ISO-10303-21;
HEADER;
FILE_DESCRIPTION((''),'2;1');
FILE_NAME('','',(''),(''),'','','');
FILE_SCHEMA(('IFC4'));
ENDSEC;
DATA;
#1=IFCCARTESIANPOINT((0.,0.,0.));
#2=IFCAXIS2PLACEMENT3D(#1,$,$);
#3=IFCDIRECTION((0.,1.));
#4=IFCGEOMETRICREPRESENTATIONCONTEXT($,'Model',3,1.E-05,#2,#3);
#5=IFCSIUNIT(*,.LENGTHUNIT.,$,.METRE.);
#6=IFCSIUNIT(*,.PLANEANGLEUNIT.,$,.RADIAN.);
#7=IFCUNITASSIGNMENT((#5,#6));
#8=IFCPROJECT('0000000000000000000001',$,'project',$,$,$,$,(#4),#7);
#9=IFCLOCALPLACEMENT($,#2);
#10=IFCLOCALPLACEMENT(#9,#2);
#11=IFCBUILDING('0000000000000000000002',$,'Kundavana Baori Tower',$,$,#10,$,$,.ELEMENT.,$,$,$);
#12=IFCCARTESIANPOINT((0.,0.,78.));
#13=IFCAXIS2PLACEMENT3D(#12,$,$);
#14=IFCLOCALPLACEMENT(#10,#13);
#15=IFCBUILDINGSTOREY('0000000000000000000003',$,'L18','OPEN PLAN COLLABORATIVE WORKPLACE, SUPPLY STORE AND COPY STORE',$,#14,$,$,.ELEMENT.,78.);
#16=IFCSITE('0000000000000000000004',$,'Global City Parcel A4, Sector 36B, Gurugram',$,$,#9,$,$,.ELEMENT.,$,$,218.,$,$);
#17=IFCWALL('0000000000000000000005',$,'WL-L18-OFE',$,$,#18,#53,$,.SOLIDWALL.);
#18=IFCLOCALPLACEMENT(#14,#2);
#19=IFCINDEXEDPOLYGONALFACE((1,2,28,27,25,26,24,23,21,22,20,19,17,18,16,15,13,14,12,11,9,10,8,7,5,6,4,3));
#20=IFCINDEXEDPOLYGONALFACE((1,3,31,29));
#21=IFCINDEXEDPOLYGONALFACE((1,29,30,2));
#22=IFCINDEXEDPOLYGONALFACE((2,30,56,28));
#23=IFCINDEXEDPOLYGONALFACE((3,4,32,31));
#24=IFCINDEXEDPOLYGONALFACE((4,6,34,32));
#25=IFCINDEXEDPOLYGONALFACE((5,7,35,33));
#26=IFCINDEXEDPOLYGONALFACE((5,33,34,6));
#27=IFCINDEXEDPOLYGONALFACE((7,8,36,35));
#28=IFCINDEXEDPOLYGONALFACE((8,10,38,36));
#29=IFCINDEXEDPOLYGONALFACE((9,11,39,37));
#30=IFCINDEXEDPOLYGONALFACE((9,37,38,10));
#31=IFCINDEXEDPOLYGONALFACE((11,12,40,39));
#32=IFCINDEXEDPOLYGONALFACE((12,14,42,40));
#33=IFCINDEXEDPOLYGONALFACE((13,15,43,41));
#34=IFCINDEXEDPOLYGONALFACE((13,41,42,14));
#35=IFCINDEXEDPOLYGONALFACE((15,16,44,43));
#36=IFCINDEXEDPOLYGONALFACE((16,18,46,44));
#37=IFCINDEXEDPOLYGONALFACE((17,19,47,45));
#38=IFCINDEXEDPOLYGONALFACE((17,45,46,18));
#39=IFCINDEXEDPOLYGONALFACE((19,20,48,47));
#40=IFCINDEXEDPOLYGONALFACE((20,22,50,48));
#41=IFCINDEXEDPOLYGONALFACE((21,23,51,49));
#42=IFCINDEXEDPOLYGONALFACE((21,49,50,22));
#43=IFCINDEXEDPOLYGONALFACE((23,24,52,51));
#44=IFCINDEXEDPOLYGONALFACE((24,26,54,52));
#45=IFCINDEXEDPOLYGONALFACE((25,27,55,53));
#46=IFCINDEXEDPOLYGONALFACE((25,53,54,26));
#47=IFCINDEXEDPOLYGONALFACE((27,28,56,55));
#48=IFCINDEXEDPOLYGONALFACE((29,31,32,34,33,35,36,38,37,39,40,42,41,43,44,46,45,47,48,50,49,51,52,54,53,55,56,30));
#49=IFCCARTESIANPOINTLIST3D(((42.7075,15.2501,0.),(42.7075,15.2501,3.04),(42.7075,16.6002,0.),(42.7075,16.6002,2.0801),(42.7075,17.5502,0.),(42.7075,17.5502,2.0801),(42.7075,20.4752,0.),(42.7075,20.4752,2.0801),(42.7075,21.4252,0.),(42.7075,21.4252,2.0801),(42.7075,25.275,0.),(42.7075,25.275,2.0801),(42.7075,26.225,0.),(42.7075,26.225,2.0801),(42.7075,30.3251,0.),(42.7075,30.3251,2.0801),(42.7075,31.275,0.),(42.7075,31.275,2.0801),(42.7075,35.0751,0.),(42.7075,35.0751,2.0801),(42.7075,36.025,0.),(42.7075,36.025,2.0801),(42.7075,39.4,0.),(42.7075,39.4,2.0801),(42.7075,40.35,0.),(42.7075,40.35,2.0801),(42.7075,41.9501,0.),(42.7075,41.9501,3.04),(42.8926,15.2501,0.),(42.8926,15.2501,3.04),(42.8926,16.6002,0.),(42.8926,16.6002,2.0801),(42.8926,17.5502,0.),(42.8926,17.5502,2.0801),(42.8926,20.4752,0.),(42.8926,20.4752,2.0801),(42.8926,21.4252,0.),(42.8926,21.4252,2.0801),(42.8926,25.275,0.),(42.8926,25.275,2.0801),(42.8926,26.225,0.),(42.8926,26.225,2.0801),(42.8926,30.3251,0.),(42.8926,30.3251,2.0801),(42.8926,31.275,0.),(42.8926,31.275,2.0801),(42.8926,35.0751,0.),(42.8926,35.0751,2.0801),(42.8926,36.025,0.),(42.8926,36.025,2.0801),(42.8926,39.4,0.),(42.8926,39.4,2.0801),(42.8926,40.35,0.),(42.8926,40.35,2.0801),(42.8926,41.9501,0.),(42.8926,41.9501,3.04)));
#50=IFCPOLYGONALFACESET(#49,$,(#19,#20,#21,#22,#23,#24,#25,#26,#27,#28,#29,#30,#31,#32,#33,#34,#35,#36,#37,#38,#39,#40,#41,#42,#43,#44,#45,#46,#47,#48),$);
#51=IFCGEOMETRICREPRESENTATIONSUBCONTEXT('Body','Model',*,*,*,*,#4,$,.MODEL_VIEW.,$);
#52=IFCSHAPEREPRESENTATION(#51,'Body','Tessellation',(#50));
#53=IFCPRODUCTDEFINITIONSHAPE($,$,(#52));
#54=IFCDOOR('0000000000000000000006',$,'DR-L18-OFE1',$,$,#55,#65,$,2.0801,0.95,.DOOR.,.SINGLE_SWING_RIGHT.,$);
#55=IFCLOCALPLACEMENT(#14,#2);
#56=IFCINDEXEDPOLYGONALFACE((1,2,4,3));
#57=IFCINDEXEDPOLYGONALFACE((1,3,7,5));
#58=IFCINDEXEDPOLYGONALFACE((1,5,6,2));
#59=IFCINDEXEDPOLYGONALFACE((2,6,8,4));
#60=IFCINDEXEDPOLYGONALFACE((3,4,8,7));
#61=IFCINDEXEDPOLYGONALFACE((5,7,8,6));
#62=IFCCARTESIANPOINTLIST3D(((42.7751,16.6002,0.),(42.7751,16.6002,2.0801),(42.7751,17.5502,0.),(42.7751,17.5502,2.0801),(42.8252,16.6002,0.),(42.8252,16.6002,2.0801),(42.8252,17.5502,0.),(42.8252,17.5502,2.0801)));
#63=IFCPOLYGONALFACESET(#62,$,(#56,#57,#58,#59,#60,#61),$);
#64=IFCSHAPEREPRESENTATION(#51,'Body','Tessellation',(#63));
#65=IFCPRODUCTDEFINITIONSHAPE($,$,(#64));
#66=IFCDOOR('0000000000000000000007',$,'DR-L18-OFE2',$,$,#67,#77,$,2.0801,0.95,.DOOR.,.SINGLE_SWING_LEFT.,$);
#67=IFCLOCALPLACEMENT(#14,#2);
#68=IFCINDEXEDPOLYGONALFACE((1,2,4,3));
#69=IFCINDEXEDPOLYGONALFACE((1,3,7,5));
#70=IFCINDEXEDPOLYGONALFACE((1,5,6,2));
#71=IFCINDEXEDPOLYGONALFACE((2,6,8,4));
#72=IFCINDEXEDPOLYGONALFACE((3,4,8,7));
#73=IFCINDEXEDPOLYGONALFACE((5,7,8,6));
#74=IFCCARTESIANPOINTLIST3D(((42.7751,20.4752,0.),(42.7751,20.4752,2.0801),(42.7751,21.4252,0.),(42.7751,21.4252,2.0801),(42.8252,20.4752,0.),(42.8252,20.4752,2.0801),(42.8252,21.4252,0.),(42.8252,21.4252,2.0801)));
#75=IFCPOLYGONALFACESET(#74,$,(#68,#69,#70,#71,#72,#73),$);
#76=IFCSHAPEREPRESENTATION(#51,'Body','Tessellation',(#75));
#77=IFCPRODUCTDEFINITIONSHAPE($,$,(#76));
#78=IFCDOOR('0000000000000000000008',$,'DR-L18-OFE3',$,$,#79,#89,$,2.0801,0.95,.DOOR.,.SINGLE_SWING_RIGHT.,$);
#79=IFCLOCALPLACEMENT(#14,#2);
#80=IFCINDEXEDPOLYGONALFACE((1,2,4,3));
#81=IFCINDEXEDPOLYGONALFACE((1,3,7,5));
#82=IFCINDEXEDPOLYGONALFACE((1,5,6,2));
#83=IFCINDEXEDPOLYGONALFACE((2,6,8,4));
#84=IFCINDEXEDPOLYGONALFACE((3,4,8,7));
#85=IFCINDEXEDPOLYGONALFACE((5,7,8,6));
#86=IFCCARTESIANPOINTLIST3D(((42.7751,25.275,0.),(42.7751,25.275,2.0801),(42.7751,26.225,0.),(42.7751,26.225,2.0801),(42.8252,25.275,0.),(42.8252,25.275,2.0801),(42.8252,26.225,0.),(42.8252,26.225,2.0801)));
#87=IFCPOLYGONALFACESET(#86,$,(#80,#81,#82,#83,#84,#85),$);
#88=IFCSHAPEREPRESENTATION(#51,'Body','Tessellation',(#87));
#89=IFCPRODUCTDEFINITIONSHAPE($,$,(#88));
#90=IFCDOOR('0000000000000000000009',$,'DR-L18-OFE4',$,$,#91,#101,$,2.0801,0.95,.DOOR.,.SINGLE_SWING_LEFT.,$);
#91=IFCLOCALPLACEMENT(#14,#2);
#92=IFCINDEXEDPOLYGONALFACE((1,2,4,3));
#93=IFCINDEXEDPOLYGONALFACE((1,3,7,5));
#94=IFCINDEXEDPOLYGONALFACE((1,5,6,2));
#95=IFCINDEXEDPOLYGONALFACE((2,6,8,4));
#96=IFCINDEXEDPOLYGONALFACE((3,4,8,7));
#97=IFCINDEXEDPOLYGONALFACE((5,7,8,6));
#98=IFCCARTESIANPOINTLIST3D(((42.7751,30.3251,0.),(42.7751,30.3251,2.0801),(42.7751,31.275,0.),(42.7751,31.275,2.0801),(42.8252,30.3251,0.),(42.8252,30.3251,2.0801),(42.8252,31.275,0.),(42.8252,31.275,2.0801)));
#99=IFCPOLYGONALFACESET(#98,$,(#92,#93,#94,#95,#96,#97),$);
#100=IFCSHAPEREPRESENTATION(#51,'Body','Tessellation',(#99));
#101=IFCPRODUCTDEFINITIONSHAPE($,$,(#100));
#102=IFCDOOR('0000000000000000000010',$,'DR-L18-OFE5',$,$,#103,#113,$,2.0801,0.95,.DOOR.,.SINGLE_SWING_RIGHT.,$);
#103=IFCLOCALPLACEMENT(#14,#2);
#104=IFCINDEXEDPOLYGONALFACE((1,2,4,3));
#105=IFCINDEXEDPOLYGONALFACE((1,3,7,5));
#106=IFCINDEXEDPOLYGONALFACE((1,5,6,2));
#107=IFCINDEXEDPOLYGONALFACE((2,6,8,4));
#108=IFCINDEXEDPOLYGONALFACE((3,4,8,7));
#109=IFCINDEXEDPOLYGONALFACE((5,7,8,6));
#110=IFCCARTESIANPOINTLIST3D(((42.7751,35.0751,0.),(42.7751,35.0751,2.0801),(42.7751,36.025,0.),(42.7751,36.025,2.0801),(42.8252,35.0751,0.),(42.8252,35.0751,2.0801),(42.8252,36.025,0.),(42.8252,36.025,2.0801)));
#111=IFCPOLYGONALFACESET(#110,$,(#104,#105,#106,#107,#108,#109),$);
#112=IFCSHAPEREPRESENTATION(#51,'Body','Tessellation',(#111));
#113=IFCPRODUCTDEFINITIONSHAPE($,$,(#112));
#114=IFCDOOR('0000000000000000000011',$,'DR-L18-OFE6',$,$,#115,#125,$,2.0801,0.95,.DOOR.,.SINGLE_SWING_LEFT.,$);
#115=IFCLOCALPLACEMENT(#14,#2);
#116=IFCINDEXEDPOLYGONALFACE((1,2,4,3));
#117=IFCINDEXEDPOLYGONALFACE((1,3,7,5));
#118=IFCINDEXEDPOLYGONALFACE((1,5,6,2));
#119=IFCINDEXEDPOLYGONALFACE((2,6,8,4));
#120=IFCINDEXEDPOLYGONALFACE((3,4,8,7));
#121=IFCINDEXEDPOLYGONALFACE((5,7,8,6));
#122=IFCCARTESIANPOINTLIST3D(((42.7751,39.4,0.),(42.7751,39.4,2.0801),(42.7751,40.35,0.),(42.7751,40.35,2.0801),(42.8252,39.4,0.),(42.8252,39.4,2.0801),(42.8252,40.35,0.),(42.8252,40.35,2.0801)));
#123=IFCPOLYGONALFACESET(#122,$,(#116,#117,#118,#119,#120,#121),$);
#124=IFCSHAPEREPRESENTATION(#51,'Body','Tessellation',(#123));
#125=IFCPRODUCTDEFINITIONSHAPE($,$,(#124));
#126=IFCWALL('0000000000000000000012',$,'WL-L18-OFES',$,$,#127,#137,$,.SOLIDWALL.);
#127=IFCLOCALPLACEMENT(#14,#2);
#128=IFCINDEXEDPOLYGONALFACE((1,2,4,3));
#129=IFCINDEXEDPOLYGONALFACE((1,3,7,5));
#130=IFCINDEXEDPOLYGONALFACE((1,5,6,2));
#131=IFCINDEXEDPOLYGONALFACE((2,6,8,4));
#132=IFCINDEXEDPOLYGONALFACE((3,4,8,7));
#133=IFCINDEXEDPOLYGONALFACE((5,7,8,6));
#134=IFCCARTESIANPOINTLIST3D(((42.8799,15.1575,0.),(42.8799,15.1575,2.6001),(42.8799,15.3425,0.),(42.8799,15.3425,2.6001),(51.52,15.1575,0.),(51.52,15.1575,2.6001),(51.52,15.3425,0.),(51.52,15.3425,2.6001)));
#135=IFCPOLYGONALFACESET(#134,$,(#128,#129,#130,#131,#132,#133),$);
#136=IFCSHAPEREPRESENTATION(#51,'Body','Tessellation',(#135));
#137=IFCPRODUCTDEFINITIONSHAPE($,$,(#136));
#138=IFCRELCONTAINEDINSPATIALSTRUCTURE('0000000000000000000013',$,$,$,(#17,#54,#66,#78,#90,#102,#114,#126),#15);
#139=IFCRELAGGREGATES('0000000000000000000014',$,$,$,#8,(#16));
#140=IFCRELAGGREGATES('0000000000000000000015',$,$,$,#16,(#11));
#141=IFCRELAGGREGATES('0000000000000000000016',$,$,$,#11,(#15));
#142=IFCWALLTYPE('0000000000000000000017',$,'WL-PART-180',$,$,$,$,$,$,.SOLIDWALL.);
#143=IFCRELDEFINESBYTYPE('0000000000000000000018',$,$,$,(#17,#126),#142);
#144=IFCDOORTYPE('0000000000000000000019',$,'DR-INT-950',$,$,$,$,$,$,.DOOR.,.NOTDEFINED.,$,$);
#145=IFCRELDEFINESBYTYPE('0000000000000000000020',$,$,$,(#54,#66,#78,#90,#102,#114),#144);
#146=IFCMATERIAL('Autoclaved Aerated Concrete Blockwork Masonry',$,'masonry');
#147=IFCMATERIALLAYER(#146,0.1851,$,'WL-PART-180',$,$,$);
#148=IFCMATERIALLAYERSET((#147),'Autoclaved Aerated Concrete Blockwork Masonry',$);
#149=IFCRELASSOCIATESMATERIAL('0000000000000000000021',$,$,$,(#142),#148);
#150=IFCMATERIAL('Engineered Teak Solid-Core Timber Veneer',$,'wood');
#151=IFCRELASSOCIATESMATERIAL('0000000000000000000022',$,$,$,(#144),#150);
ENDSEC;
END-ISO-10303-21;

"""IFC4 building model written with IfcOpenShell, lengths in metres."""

from ifc_helpers import new_model, si_unit, direction, frame, frame_2d, origin, place, context, subcontext, project, spatial, rectangle, extrude, material, layer, layer_set, type_object, element, fill, save


model = new_model("IFC4")

# Units and contexts
model_context = context("Model", 3, precision=1e-05, world=origin(), true_north=direction((0.0, 1.0)))
body_context = subcontext(model_context, "Body", "Model", "MODEL_VIEW")
ifc_project = project(units=[si_unit("LENGTHUNIT", "METRE"), si_unit("PLANEANGLEUNIT", "RADIAN")], contexts=[model_context])

# Site, building, storey
site_placement = place(None, origin())
site = spatial("IfcSite", under=ifc_project, at=site_placement, Name="Global City Parcel A4, Sector 36B, Gurugram", CompositionType="ELEMENT", RefElevation=218.0)
building_placement = place(site_placement, origin())
building = spatial("IfcBuilding", under=site, at=building_placement, Name="Kundavana Baori Tower", CompositionType="ELEMENT")
storey_placement = place(building_placement, frame((0.0, 0.0, 78.0)))
storey = spatial("IfcBuildingStorey", under=building, at=storey_placement, Name="L18", Description="OPEN PLAN COLLABORATIVE WORKPLACE, SUPPLY STORE AND COPY STORE", CompositionType="ELEMENT", Elevation=78.0)

# Wall, openings, doors
ifc_material_1 = material(Name="Autoclaved Aerated Concrete Blockwork Masonry", Category="masonry")
ifc_layer_1 = layer(ifc_material_1, 0.1851, Name="WL-PART-180")
ifc_layer_set_1 = layer_set([ifc_layer_1], Name="Autoclaved Aerated Concrete Blockwork Masonry")
wall_type_1 = type_object("IfcWallType", Name="WL-PART-180", PredefinedType="SOLIDWALL", material=ifc_layer_set_1)
wall_1_placement = place(storey_placement, frame((42.8, 15.25, 0.0), z_axis=(0.0, 0.0, 1.0), x_axis=(0.0, 1.0, 0.0)))
wall_1 = element("IfcWall", 1, at=wall_1_placement, inside=storey, type_object=wall_type_1, Name="WL-L18-OFE", PredefinedType="SOLIDWALL", context=body_context, shape_type="SweptSolid", body=[
    extrude(rectangle(XDim=26.7, YDim=0.1851, at=frame_2d((13.3501, 0.0))), origin(), (0.0, 0.0, 1.0), 3.04),
])
opening_1_placement = place(wall_1_placement, frame((1.3501, 0.0, 0.0)))
opening_1 = element("IfcOpeningElement", 2, at=opening_1_placement, cuts=wall_1, PredefinedType="OPENING", context=body_context, shape_type="SweptSolid", body=[
    extrude(rectangle(XDim=0.95, YDim=2.0801, at=frame_2d((0.4751, 1.04))), frame((0.0, 0.1025, 0.0), z_axis=(0.0, -1.0, 0.0), x_axis=(1.0, 0.0, 0.0)), (0.0, 0.0, 1.0), 0.2051),
])
opening_2_placement = place(wall_1_placement, frame((5.2251, 0.0, 0.0)))
opening_2 = element("IfcOpeningElement", 3, at=opening_2_placement, cuts=wall_1, PredefinedType="OPENING", context=body_context, shape_type="SweptSolid", body=[
    extrude(rectangle(XDim=0.95, YDim=2.0801, at=frame_2d((0.4751, 1.04))), frame((0.0, 0.1025, 0.0), z_axis=(0.0, -1.0, 0.0), x_axis=(1.0, 0.0, 0.0)), (0.0, 0.0, 1.0), 0.2051),
])
opening_3_placement = place(wall_1_placement, frame((10.0249, 0.0, 0.0)))
opening_3 = element("IfcOpeningElement", 4, at=opening_3_placement, cuts=wall_1, PredefinedType="OPENING", context=body_context, shape_type="SweptSolid", body=[
    extrude(rectangle(XDim=0.95, YDim=2.0801, at=frame_2d((0.4751, 1.04))), frame((0.0, 0.1025, 0.0), z_axis=(0.0, -1.0, 0.0), x_axis=(1.0, 0.0, 0.0)), (0.0, 0.0, 1.0), 0.2051),
])
opening_4_placement = place(wall_1_placement, frame((15.075, 0.0, 0.0)))
opening_4 = element("IfcOpeningElement", 5, at=opening_4_placement, cuts=wall_1, PredefinedType="OPENING", context=body_context, shape_type="SweptSolid", body=[
    extrude(rectangle(XDim=0.95, YDim=2.0801, at=frame_2d((0.4751, 1.04))), frame((0.0, 0.1025, 0.0), z_axis=(0.0, -1.0, 0.0), x_axis=(1.0, 0.0, 0.0)), (0.0, 0.0, 1.0), 0.2051),
])
opening_5_placement = place(wall_1_placement, frame((19.825, 0.0, 0.0)))
opening_5 = element("IfcOpeningElement", 6, at=opening_5_placement, cuts=wall_1, PredefinedType="OPENING", context=body_context, shape_type="SweptSolid", body=[
    extrude(rectangle(XDim=0.95, YDim=2.0801, at=frame_2d((0.4751, 1.04))), frame((0.0, 0.1025, 0.0), z_axis=(0.0, -1.0, 0.0), x_axis=(1.0, 0.0, 0.0)), (0.0, 0.0, 1.0), 0.2051),
])
opening_6_placement = place(wall_1_placement, frame((24.1499, 0.0, 0.0)))
opening_6 = element("IfcOpeningElement", 7, at=opening_6_placement, cuts=wall_1, PredefinedType="OPENING", context=body_context, shape_type="SweptSolid", body=[
    extrude(rectangle(XDim=0.95, YDim=2.0801, at=frame_2d((0.4751, 1.04))), frame((0.0, 0.1025, 0.0), z_axis=(0.0, -1.0, 0.0), x_axis=(1.0, 0.0, 0.0)), (0.0, 0.0, 1.0), 0.2051),
])
ifc_material_2 = material(Name="Engineered Teak Solid-Core Timber Veneer", Category="wood")
door_type_1 = type_object("IfcDoorType", Name="DR-INT-950", OperationType="NOTDEFINED", PredefinedType="DOOR", material=ifc_material_2)
door_1_placement = place(opening_1_placement, origin())
door_1 = element("IfcDoor", 8, at=door_1_placement, inside=storey, type_object=door_type_1, Name="DR-L18-OFE1", OperationType="SINGLE_SWING_RIGHT", OverallHeight=2.0801, OverallWidth=0.95, PredefinedType="DOOR", context=body_context, shape_type="SweptSolid", body=[
    extrude(rectangle(XDim=0.95, YDim=2.0801, at=frame_2d((0.4751, 1.04))), frame((0.0, 0.0249, 0.0), z_axis=(0.0, -1.0, 0.0), x_axis=(1.0, 0.0, 0.0)), (0.0, 0.0, 1.0), 0.05),
])
fill(opening_1, door_1)
door_2_placement = place(opening_2_placement, origin())
door_2 = element("IfcDoor", 9, at=door_2_placement, inside=storey, type_object=door_type_1, Name="DR-L18-OFE2", OperationType="SINGLE_SWING_LEFT", OverallHeight=2.0801, OverallWidth=0.95, PredefinedType="DOOR", context=body_context, shape_type="SweptSolid", body=[
    extrude(rectangle(XDim=0.95, YDim=2.0801, at=frame_2d((0.4751, 1.04))), frame((0.0, 0.0249, 0.0), z_axis=(0.0, -1.0, 0.0), x_axis=(1.0, 0.0, 0.0)), (0.0, 0.0, 1.0), 0.05),
])
fill(opening_2, door_2)
door_3_placement = place(opening_3_placement, origin())
door_3 = element("IfcDoor", 10, at=door_3_placement, inside=storey, type_object=door_type_1, Name="DR-L18-OFE3", OperationType="SINGLE_SWING_RIGHT", OverallHeight=2.0801, OverallWidth=0.95, PredefinedType="DOOR", context=body_context, shape_type="SweptSolid", body=[
    extrude(rectangle(XDim=0.95, YDim=2.0801, at=frame_2d((0.4751, 1.04))), frame((0.0, 0.0249, 0.0), z_axis=(0.0, -1.0, 0.0), x_axis=(1.0, 0.0, 0.0)), (0.0, 0.0, 1.0), 0.05),
])
fill(opening_3, door_3)
door_4_placement = place(opening_4_placement, origin())
door_4 = element("IfcDoor", 11, at=door_4_placement, inside=storey, type_object=door_type_1, Name="DR-L18-OFE4", OperationType="SINGLE_SWING_LEFT", OverallHeight=2.0801, OverallWidth=0.95, PredefinedType="DOOR", context=body_context, shape_type="SweptSolid", body=[
    extrude(rectangle(XDim=0.95, YDim=2.0801, at=frame_2d((0.4751, 1.04))), frame((0.0, 0.0249, 0.0), z_axis=(0.0, -1.0, 0.0), x_axis=(1.0, 0.0, 0.0)), (0.0, 0.0, 1.0), 0.05),
])
fill(opening_4, door_4)
door_5_placement = place(opening_5_placement, origin())
door_5 = element("IfcDoor", 12, at=door_5_placement, inside=storey, type_object=door_type_1, Name="DR-L18-OFE5", OperationType="SINGLE_SWING_RIGHT", OverallHeight=2.0801, OverallWidth=0.95, PredefinedType="DOOR", context=body_context, shape_type="SweptSolid", body=[
    extrude(rectangle(XDim=0.95, YDim=2.0801, at=frame_2d((0.4751, 1.04))), frame((0.0, 0.0249, 0.0), z_axis=(0.0, -1.0, 0.0), x_axis=(1.0, 0.0, 0.0)), (0.0, 0.0, 1.0), 0.05),
])
fill(opening_5, door_5)
door_6_placement = place(opening_6_placement, origin())
door_6 = element("IfcDoor", 13, at=door_6_placement, inside=storey, type_object=door_type_1, Name="DR-L18-OFE6", OperationType="SINGLE_SWING_LEFT", OverallHeight=2.0801, OverallWidth=0.95, PredefinedType="DOOR", context=body_context, shape_type="SweptSolid", body=[
    extrude(rectangle(XDim=0.95, YDim=2.0801, at=frame_2d((0.4751, 1.04))), frame((0.0, 0.0249, 0.0), z_axis=(0.0, -1.0, 0.0), x_axis=(1.0, 0.0, 0.0)), (0.0, 0.0, 1.0), 0.05),
])
fill(opening_6, door_6)

# Wall
wall_2_placement = place(storey_placement, frame((42.8799, 15.25, 0.0), z_axis=(0.0, 0.0, 1.0), x_axis=(1.0, 0.0, 0.0)))
element("IfcWall", 14, at=wall_2_placement, inside=storey, type_object=wall_type_1, Name="WL-L18-OFES", PredefinedType="SOLIDWALL", context=body_context, shape_type="SweptSolid", body=[
    extrude(rectangle(XDim=8.6401, YDim=0.1851, at=frame_2d((4.3201, 0.0))), origin(), (0.0, 0.0, 1.0), 2.6001),
])

save(model, "model.ifc")
